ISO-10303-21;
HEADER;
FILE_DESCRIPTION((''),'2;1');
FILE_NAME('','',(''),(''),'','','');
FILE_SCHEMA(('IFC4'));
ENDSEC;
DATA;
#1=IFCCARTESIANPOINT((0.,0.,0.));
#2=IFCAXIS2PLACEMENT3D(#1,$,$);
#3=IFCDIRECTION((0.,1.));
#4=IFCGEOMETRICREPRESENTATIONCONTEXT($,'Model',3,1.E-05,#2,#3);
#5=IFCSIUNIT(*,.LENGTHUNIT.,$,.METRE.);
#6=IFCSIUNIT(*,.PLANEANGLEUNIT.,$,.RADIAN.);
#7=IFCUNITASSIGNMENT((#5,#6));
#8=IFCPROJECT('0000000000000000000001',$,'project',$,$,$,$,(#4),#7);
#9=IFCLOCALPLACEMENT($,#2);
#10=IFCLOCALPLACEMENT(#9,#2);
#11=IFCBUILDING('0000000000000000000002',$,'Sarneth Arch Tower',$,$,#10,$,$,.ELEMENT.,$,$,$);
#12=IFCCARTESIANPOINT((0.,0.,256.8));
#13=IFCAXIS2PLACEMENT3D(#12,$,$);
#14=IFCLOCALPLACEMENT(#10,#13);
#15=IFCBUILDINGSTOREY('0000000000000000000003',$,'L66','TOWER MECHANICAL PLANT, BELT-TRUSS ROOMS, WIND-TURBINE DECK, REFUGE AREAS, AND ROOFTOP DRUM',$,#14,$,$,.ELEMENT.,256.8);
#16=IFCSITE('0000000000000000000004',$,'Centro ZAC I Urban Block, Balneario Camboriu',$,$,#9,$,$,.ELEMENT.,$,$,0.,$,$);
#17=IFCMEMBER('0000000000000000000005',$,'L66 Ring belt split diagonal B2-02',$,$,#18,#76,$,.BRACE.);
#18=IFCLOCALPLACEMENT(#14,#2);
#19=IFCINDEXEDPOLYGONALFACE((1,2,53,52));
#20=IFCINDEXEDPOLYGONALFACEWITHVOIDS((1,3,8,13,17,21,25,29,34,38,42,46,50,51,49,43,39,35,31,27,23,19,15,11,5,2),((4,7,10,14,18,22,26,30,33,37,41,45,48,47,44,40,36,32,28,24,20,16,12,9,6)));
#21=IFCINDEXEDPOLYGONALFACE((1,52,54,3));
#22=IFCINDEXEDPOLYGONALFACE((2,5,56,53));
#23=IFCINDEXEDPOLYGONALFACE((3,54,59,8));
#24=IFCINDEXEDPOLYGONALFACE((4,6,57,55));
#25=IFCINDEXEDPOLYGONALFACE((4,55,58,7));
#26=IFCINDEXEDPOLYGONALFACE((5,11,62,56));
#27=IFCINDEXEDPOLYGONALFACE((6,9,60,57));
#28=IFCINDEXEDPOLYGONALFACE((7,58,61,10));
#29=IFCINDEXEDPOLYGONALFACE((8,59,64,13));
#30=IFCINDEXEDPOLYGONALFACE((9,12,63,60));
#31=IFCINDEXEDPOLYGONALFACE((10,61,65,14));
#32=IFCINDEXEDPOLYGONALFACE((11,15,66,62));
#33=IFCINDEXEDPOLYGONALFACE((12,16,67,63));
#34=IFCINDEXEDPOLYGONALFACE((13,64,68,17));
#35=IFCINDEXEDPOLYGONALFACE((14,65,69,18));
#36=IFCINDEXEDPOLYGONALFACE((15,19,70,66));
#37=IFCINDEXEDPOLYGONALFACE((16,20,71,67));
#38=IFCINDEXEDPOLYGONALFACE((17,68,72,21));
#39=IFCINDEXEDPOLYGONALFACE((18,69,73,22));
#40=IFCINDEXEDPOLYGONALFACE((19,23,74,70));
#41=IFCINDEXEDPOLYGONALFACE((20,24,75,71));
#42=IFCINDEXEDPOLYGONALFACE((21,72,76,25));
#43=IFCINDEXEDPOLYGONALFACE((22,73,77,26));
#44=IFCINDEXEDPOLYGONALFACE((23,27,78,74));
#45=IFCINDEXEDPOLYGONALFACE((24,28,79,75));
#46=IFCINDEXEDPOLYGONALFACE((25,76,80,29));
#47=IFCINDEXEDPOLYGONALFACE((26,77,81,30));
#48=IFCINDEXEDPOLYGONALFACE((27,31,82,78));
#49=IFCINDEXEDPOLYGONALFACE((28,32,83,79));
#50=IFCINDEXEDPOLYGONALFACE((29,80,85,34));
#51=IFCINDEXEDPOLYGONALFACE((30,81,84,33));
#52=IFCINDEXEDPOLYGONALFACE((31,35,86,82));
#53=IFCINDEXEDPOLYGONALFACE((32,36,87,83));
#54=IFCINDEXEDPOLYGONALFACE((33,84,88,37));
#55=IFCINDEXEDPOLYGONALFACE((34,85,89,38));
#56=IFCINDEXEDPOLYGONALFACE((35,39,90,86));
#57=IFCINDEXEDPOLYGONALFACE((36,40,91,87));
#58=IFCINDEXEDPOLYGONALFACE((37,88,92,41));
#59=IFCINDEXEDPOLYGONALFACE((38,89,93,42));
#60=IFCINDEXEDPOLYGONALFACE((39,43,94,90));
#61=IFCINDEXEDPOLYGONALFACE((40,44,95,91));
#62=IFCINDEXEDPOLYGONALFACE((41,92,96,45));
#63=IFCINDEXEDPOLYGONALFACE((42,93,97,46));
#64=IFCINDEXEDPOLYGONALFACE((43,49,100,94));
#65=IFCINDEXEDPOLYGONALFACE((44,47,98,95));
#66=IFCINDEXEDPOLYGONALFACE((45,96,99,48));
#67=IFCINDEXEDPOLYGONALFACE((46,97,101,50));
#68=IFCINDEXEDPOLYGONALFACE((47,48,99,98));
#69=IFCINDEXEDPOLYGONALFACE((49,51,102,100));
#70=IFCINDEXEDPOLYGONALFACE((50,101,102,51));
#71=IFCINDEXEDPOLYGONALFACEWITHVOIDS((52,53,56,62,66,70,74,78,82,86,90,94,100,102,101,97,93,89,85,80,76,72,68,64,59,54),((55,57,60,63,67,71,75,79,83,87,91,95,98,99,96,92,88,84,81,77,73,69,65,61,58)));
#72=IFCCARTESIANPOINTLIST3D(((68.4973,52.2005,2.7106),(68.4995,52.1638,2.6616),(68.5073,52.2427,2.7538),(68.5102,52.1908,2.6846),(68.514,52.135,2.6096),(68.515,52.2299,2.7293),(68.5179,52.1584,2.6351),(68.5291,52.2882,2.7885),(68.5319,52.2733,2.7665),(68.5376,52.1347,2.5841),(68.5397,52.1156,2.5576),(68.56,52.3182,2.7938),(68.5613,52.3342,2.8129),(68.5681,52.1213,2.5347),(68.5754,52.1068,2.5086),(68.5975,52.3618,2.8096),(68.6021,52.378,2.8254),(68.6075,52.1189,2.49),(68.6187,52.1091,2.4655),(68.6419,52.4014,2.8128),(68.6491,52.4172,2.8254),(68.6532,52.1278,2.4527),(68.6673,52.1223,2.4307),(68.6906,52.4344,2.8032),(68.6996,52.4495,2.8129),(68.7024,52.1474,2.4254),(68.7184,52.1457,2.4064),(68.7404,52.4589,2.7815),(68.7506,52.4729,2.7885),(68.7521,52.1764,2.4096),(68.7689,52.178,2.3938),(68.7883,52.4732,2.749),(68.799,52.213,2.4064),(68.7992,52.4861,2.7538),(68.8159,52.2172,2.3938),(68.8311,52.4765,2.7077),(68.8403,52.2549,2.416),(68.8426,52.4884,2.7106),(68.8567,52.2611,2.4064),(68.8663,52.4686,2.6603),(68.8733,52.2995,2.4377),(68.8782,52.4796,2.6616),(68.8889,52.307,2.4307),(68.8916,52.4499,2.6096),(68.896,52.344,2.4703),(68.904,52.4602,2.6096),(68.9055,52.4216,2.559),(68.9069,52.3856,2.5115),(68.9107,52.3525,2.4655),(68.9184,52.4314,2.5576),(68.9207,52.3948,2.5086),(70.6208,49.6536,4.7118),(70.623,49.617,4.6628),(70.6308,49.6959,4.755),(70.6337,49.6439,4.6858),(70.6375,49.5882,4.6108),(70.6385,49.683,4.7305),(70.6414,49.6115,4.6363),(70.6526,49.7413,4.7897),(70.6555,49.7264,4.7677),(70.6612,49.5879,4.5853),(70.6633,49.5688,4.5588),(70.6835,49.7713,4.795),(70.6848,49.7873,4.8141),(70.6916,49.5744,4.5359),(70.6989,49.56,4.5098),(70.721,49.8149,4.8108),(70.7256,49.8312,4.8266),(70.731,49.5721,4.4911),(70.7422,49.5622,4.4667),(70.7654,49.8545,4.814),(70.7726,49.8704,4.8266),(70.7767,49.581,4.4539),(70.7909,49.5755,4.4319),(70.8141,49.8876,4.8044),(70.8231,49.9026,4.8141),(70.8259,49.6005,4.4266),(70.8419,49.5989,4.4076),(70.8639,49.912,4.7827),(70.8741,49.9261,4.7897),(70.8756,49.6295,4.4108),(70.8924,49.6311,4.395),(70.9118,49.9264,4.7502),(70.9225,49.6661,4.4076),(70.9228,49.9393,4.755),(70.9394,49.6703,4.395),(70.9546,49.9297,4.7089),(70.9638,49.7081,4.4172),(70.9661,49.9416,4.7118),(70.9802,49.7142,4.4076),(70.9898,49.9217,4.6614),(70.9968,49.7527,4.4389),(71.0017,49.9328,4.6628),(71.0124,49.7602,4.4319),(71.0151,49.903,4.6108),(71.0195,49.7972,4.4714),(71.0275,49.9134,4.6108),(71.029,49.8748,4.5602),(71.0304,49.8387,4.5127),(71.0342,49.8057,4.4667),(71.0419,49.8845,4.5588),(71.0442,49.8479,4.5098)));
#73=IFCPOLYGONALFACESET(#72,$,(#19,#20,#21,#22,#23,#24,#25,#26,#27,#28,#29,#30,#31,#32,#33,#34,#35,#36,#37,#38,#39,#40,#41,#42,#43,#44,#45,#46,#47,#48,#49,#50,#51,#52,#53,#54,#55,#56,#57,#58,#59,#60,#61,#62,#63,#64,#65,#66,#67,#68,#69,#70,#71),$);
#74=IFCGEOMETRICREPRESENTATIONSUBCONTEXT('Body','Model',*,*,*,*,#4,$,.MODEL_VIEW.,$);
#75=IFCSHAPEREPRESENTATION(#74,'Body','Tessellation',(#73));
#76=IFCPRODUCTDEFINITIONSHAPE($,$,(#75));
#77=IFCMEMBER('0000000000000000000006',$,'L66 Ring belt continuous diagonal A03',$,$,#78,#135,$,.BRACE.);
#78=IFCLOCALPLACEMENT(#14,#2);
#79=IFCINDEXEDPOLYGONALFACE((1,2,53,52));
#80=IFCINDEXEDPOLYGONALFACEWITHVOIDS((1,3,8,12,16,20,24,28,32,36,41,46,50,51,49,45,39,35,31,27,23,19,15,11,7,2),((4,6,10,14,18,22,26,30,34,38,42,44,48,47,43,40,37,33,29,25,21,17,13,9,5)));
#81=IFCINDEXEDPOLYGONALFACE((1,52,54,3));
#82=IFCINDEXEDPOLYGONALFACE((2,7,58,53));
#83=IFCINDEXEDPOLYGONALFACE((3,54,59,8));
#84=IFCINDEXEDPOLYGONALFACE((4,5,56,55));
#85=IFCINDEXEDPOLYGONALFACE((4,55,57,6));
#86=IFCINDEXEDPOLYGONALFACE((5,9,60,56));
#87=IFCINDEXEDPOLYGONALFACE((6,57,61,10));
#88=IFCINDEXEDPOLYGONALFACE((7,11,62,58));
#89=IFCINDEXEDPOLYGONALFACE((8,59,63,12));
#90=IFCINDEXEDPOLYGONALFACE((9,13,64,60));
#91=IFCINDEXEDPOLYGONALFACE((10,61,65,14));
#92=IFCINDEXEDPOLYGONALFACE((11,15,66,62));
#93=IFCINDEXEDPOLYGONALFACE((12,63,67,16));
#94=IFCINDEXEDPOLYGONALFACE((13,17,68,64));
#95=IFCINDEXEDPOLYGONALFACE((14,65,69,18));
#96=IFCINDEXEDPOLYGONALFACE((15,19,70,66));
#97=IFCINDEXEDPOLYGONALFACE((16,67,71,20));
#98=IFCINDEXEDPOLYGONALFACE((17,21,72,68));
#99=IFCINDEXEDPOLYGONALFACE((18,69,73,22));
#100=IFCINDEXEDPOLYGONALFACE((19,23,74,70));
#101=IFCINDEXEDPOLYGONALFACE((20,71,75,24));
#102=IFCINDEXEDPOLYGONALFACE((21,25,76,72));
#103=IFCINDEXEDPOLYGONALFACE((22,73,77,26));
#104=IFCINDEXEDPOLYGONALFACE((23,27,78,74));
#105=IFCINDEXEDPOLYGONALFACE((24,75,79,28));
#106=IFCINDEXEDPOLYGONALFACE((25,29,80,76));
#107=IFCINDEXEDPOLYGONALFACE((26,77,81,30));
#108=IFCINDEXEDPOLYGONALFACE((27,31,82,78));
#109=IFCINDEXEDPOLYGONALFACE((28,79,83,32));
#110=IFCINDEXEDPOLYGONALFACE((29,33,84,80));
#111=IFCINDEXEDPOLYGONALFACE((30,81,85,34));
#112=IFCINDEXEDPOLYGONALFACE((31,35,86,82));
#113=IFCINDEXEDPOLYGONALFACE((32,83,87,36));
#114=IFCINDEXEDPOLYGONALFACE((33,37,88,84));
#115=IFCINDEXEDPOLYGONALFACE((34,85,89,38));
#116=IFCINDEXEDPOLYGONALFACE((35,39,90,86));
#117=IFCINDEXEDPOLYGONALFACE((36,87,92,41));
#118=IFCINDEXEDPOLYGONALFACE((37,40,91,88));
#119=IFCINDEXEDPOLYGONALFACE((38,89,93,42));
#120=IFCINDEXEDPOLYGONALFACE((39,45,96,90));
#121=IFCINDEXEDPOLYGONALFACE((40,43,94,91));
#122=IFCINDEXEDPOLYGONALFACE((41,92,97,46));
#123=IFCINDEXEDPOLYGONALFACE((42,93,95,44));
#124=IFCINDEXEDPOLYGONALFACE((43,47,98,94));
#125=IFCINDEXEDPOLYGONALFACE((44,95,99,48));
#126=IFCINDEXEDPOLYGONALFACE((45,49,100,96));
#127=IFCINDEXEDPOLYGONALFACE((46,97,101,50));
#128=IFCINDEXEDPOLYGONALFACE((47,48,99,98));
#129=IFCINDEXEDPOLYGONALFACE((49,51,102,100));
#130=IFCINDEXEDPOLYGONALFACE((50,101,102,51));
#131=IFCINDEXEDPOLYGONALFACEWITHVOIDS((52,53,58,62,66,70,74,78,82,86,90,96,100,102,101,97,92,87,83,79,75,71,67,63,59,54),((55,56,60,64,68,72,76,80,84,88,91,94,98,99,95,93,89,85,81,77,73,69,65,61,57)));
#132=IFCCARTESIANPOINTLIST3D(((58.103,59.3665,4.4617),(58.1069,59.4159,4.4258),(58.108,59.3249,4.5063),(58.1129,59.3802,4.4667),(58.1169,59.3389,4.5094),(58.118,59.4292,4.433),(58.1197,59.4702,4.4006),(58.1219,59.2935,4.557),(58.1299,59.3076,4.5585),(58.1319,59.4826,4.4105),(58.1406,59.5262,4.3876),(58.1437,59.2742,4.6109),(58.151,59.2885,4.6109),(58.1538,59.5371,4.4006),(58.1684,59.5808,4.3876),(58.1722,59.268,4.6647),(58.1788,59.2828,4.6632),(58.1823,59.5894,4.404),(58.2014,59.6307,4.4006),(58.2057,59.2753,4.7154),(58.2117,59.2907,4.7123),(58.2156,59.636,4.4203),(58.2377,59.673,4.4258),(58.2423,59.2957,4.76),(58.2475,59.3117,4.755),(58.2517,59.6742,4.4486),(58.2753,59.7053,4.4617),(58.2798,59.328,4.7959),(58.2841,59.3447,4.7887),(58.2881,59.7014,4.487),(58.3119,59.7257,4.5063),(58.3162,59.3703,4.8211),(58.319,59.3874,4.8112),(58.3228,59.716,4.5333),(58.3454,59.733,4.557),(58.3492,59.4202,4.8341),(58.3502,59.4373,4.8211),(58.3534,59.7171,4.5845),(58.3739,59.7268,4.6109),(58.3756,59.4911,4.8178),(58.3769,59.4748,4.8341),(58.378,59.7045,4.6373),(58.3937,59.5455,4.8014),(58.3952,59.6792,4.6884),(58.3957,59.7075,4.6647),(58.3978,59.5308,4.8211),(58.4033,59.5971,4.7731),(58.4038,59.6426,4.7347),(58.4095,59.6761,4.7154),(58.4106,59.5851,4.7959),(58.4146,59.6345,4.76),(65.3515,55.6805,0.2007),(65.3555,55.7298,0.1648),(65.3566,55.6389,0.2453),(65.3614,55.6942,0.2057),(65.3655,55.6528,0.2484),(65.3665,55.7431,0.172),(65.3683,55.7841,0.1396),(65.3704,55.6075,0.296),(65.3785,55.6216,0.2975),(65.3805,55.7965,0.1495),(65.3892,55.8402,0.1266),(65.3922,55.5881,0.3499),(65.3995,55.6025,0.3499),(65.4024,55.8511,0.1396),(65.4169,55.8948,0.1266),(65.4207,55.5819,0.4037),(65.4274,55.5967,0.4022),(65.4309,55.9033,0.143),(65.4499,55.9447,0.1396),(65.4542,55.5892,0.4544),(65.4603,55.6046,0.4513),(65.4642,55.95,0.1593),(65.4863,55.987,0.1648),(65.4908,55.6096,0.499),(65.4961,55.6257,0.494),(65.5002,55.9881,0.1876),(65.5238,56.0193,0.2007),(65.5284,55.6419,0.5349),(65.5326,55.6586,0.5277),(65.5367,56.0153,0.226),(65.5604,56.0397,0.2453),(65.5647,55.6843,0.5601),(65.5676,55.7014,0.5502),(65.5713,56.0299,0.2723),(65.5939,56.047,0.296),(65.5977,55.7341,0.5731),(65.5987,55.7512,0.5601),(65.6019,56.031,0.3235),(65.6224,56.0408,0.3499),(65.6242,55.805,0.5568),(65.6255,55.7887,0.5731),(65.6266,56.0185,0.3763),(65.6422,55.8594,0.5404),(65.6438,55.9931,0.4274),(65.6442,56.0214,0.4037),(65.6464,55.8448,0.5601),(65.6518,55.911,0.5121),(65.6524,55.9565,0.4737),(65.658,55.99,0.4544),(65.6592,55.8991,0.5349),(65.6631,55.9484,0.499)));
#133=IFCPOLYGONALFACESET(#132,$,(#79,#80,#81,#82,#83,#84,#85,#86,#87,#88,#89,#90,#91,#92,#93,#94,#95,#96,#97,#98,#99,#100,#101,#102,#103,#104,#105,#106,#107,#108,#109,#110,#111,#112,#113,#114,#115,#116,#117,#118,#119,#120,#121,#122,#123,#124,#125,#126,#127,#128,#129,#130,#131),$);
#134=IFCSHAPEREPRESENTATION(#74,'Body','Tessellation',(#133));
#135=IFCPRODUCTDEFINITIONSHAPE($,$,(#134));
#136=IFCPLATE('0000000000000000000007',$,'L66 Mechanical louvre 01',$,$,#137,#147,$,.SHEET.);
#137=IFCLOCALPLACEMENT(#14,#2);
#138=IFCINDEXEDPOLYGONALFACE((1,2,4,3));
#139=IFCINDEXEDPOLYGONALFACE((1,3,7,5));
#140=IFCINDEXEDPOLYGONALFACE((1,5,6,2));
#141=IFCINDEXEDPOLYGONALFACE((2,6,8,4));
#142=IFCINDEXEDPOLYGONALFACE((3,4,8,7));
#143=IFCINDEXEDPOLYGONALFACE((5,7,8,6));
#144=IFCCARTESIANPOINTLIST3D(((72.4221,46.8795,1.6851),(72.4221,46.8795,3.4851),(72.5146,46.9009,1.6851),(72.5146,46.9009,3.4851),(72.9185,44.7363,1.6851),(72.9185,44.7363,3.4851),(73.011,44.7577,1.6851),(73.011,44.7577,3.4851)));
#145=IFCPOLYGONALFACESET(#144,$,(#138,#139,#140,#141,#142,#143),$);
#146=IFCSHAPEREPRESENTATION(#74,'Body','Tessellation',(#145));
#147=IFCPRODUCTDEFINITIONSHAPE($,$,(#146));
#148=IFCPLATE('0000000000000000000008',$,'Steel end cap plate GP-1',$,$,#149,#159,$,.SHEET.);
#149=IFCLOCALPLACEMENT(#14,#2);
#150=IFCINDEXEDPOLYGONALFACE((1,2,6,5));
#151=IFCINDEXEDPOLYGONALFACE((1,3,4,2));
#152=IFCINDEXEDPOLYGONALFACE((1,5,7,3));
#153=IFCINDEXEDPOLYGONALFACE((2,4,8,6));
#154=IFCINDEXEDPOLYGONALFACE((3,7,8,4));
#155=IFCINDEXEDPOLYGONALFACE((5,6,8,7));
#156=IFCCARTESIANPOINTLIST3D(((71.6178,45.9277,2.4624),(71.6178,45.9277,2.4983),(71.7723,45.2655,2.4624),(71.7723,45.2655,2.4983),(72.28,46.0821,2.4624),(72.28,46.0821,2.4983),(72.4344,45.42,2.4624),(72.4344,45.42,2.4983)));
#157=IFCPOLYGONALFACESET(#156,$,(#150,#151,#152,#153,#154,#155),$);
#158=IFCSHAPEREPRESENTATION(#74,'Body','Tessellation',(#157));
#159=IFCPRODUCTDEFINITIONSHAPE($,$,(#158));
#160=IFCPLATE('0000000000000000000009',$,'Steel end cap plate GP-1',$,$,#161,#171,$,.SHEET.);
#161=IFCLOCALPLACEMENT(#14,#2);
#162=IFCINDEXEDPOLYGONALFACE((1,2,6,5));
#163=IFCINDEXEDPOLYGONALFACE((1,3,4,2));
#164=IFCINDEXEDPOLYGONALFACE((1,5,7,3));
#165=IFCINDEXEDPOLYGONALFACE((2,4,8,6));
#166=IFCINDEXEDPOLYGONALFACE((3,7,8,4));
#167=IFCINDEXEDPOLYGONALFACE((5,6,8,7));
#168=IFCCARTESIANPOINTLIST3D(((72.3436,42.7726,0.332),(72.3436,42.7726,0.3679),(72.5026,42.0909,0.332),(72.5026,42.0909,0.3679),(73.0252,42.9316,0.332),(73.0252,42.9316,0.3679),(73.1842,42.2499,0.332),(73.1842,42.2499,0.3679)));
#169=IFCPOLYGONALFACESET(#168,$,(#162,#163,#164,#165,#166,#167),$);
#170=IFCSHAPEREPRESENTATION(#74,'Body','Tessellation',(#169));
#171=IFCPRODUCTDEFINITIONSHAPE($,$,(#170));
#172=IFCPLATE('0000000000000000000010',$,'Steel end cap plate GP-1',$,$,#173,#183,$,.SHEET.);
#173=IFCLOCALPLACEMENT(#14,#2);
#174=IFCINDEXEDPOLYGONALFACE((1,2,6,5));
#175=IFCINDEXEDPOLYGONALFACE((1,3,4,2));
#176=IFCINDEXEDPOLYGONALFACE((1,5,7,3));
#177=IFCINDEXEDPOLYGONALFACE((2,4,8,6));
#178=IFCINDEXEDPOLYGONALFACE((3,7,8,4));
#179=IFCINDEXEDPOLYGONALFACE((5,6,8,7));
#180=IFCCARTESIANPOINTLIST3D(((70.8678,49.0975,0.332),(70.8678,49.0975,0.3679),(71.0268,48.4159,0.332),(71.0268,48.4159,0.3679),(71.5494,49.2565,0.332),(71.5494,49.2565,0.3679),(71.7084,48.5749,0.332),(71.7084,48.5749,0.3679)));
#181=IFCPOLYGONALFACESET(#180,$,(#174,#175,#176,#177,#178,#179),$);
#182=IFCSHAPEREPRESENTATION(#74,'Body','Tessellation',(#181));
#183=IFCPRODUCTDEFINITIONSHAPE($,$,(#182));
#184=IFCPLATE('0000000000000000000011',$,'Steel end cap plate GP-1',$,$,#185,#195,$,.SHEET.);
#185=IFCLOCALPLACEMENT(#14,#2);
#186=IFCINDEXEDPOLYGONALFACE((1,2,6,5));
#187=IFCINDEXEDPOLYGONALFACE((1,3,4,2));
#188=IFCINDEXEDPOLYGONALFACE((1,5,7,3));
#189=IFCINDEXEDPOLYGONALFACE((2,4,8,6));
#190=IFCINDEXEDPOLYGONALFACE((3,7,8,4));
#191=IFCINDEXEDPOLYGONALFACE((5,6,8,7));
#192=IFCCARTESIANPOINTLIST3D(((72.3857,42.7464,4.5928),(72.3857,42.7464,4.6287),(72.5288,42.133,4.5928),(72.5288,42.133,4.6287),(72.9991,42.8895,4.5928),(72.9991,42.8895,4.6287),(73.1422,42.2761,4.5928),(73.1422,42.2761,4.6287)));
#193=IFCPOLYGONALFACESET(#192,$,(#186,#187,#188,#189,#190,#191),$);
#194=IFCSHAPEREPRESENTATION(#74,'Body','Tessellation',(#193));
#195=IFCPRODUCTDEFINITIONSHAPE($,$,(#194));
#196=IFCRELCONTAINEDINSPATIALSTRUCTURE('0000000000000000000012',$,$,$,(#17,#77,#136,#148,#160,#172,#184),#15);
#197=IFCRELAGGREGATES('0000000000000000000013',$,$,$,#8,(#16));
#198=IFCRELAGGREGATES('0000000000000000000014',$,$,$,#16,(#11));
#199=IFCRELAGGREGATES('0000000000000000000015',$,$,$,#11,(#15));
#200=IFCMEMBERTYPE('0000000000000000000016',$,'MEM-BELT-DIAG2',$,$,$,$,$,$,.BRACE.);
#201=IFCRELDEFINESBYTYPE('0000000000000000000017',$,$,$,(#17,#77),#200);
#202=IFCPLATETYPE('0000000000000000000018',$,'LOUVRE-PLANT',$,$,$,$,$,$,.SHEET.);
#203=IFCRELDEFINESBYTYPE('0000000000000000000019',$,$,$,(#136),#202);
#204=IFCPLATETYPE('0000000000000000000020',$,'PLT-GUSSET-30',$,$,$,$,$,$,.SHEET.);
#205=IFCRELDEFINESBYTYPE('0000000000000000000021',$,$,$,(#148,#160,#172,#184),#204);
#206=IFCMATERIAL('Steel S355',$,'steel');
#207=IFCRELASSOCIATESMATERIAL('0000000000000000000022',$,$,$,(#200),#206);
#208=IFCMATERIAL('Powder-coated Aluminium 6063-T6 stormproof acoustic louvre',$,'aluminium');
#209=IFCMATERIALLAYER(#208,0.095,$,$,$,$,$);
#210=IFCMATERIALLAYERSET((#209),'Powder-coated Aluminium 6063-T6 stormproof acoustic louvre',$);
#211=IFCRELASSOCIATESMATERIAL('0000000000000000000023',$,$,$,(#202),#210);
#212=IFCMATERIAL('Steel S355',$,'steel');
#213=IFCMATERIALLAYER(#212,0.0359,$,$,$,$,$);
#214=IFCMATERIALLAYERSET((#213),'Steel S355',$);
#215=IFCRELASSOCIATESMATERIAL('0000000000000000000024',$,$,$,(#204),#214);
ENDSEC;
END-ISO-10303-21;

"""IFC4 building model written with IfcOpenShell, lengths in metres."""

from ifc_helpers import new_model, si_unit, direction, frame, origin, origin_2d, place, context, subcontext, project, spatial, rectangle, hollow_circle, extrude, material, layer, layer_set, material_profile, profile_set, type_object, element, save


model = new_model("IFC4")

# Units and contexts
model_context = context("Model", 3, precision=1e-05, world=origin(), true_north=direction((0.0, 1.0)))
body_context = subcontext(model_context, "Body", "Model", "MODEL_VIEW")
ifc_project = project(units=[si_unit("LENGTHUNIT", "METRE"), si_unit("PLANEANGLEUNIT", "RADIAN")], contexts=[model_context])

# Site, building, storey
site_placement = place(None, origin())
site = spatial("IfcSite", under=ifc_project, at=site_placement, Name="Centro ZAC I Urban Block, Balneario Camboriu", CompositionType="ELEMENT", RefElevation=0.0)
building_placement = place(site_placement, origin())
building = spatial("IfcBuilding", under=site, at=building_placement, Name="Sarneth Arch Tower", CompositionType="ELEMENT")
storey_placement = place(building_placement, frame((0.0, 0.0, 256.8)))
storey = spatial("IfcBuildingStorey", under=building, at=storey_placement, Name="L66", Description="TOWER MECHANICAL PLANT, BELT-TRUSS ROOMS, WIND-TURBINE DECK, REFUGE AREAS, AND ROOFTOP DRUM", CompositionType="ELEMENT", Elevation=256.8)

# Members
ifc_material_1 = material(Name="Steel S355", Category="steel")
ifc_material_profile_1 = material_profile(ifc_material_1, hollow_circle(Radius=0.2539, WallThickness=0.0161, at=origin_2d()), Name="CHS508x16")
ifc_profile_set_1 = profile_set([ifc_material_profile_1], Name="Steel S355")
member_type_1 = type_object("IfcMemberType", Name="MEM-BELT-DIAG2", PredefinedType="BRACE", material=ifc_profile_set_1)
member_1_placement = place(storey_placement, frame((68.709, 52.2976, 2.6096), z_axis=(0.548279, -0.657581, 0.516698), x_axis=(0.768052, 0.640387, 0.0)))
element("IfcMember", 1, at=member_1_placement, inside=storey, type_object=member_type_1, Name="L66 Ring belt split diagonal B2-02", PredefinedType="BRACE", context=body_context, shape_type="SweptSolid", body=[
    extrude(hollow_circle(Radius=0.2539, WallThickness=0.0161, at=origin_2d()), origin(), (0.0, 0.0, 1.0), 3.873),
])
member_2_placement = place(storey_placement, frame((65.5073, 55.8145, 0.3499), z_axis=(-0.789546, 0.401501, 0.464127), x_axis=(-0.45328, -0.891368, 0.0)))
element("IfcMember", 2, at=member_2_placement, inside=storey, type_object=member_type_1, Name="L66 Ring belt continuous diagonal A03", PredefinedType="BRACE", context=body_context, shape_type="SweptSolid", body=[
    extrude(hollow_circle(Radius=0.2539, WallThickness=0.0161, at=origin_2d()), origin(), (0.0, 0.0, 1.0), 9.1807),
])

# Plates
ifc_material_2 = material(Name="Powder-coated Aluminium 6063-T6 stormproof acoustic louvre", Category="aluminium")
ifc_layer_1 = layer(ifc_material_2, 0.095)
ifc_layer_set_1 = layer_set([ifc_layer_1], Name="Powder-coated Aluminium 6063-T6 stormproof acoustic louvre")
plate_type_1 = type_object("IfcPlateType", Name="LOUVRE-PLANT", PredefinedType="SHEET", material=ifc_layer_set_1)
plate_1_placement = place(storey_placement, frame((72.7166, 45.8186, 1.6851), z_axis=(0.0, 0.0, 1.0), x_axis=(-0.225631, 0.974213, 0.0)))
element("IfcPlate", 3, at=plate_1_placement, inside=storey, type_object=plate_type_1, Name="L66 Mechanical louvre 01", PredefinedType="SHEET", context=body_context, shape_type="SweptSolid", body=[
    extrude(rectangle(XDim=2.2, YDim=0.095, at=origin_2d()), origin(), (0.0, 0.0, 1.0), 1.8),
])
ifc_material_3 = material(Name="Steel S355", Category="steel")
ifc_layer_2 = layer(ifc_material_3, 0.0359)
ifc_layer_set_2 = layer_set([ifc_layer_2], Name="Steel S355")
plate_type_2 = type_object("IfcPlateType", Name="PLT-GUSSET-30", PredefinedType="SHEET", material=ifc_layer_set_2)
plate_2_placement = place(storey_placement, frame((72.0261, 45.6738, 2.4624), z_axis=(0.0, 0.0, 1.0), x_axis=(-0.227161, 0.973857, 0.0)))
element("IfcPlate", 4, at=plate_2_placement, inside=storey, type_object=plate_type_2, Name="Steel end cap plate GP-1", PredefinedType="SHEET", context=body_context, shape_type="SweptSolid", body=[
    extrude(rectangle(XDim=0.6799, YDim=0.6799, at=origin_2d()), origin(), (0.0, 0.0, 1.0), 0.0359),
])
for number, where, z_axis, x_axis, name in (
    (5, (72.7639, 42.5112, 0.332), (0.0, 0.0, 1.0), (0.227161, -0.973857, 0.0), "Steel end cap plate GP-1"),
    (6, (71.2881, 48.8362, 0.332), (0.0, 0.0, 1.0), (-0.227161, 0.973857, 0.0), "Steel end cap plate GP-1"),
):
    element("IfcPlate", number, at=place(storey_placement, frame(where, z_axis=z_axis, x_axis=x_axis)), inside=storey, type_object=plate_type_2, Name=name, PredefinedType="SHEET", context=body_context, shape_type="SweptSolid", body=[
        extrude(rectangle(XDim=0.7, YDim=0.7, at=origin_2d()), origin(), (0.0, 0.0, 1.0), 0.0359),
    ])
for number, where, z_axis, x_axis, name in (
    (7, (72.7639, 42.5112, 4.5928), (0.0, 0.0, 1.0), (0.227161, -0.973857, 0.0), "Steel end cap plate GP-1"),
):
    element("IfcPlate", number, at=place(storey_placement, frame(where, z_axis=z_axis, x_axis=x_axis)), inside=storey, type_object=plate_type_2, Name=name, PredefinedType="SHEET", context=body_context, shape_type="SweptSolid", body=[
        extrude(rectangle(XDim=0.6299, YDim=0.6299, at=origin_2d()), origin(), (0.0, 0.0, 1.0), 0.0359),
    ])

save(model, "model.ifc")
